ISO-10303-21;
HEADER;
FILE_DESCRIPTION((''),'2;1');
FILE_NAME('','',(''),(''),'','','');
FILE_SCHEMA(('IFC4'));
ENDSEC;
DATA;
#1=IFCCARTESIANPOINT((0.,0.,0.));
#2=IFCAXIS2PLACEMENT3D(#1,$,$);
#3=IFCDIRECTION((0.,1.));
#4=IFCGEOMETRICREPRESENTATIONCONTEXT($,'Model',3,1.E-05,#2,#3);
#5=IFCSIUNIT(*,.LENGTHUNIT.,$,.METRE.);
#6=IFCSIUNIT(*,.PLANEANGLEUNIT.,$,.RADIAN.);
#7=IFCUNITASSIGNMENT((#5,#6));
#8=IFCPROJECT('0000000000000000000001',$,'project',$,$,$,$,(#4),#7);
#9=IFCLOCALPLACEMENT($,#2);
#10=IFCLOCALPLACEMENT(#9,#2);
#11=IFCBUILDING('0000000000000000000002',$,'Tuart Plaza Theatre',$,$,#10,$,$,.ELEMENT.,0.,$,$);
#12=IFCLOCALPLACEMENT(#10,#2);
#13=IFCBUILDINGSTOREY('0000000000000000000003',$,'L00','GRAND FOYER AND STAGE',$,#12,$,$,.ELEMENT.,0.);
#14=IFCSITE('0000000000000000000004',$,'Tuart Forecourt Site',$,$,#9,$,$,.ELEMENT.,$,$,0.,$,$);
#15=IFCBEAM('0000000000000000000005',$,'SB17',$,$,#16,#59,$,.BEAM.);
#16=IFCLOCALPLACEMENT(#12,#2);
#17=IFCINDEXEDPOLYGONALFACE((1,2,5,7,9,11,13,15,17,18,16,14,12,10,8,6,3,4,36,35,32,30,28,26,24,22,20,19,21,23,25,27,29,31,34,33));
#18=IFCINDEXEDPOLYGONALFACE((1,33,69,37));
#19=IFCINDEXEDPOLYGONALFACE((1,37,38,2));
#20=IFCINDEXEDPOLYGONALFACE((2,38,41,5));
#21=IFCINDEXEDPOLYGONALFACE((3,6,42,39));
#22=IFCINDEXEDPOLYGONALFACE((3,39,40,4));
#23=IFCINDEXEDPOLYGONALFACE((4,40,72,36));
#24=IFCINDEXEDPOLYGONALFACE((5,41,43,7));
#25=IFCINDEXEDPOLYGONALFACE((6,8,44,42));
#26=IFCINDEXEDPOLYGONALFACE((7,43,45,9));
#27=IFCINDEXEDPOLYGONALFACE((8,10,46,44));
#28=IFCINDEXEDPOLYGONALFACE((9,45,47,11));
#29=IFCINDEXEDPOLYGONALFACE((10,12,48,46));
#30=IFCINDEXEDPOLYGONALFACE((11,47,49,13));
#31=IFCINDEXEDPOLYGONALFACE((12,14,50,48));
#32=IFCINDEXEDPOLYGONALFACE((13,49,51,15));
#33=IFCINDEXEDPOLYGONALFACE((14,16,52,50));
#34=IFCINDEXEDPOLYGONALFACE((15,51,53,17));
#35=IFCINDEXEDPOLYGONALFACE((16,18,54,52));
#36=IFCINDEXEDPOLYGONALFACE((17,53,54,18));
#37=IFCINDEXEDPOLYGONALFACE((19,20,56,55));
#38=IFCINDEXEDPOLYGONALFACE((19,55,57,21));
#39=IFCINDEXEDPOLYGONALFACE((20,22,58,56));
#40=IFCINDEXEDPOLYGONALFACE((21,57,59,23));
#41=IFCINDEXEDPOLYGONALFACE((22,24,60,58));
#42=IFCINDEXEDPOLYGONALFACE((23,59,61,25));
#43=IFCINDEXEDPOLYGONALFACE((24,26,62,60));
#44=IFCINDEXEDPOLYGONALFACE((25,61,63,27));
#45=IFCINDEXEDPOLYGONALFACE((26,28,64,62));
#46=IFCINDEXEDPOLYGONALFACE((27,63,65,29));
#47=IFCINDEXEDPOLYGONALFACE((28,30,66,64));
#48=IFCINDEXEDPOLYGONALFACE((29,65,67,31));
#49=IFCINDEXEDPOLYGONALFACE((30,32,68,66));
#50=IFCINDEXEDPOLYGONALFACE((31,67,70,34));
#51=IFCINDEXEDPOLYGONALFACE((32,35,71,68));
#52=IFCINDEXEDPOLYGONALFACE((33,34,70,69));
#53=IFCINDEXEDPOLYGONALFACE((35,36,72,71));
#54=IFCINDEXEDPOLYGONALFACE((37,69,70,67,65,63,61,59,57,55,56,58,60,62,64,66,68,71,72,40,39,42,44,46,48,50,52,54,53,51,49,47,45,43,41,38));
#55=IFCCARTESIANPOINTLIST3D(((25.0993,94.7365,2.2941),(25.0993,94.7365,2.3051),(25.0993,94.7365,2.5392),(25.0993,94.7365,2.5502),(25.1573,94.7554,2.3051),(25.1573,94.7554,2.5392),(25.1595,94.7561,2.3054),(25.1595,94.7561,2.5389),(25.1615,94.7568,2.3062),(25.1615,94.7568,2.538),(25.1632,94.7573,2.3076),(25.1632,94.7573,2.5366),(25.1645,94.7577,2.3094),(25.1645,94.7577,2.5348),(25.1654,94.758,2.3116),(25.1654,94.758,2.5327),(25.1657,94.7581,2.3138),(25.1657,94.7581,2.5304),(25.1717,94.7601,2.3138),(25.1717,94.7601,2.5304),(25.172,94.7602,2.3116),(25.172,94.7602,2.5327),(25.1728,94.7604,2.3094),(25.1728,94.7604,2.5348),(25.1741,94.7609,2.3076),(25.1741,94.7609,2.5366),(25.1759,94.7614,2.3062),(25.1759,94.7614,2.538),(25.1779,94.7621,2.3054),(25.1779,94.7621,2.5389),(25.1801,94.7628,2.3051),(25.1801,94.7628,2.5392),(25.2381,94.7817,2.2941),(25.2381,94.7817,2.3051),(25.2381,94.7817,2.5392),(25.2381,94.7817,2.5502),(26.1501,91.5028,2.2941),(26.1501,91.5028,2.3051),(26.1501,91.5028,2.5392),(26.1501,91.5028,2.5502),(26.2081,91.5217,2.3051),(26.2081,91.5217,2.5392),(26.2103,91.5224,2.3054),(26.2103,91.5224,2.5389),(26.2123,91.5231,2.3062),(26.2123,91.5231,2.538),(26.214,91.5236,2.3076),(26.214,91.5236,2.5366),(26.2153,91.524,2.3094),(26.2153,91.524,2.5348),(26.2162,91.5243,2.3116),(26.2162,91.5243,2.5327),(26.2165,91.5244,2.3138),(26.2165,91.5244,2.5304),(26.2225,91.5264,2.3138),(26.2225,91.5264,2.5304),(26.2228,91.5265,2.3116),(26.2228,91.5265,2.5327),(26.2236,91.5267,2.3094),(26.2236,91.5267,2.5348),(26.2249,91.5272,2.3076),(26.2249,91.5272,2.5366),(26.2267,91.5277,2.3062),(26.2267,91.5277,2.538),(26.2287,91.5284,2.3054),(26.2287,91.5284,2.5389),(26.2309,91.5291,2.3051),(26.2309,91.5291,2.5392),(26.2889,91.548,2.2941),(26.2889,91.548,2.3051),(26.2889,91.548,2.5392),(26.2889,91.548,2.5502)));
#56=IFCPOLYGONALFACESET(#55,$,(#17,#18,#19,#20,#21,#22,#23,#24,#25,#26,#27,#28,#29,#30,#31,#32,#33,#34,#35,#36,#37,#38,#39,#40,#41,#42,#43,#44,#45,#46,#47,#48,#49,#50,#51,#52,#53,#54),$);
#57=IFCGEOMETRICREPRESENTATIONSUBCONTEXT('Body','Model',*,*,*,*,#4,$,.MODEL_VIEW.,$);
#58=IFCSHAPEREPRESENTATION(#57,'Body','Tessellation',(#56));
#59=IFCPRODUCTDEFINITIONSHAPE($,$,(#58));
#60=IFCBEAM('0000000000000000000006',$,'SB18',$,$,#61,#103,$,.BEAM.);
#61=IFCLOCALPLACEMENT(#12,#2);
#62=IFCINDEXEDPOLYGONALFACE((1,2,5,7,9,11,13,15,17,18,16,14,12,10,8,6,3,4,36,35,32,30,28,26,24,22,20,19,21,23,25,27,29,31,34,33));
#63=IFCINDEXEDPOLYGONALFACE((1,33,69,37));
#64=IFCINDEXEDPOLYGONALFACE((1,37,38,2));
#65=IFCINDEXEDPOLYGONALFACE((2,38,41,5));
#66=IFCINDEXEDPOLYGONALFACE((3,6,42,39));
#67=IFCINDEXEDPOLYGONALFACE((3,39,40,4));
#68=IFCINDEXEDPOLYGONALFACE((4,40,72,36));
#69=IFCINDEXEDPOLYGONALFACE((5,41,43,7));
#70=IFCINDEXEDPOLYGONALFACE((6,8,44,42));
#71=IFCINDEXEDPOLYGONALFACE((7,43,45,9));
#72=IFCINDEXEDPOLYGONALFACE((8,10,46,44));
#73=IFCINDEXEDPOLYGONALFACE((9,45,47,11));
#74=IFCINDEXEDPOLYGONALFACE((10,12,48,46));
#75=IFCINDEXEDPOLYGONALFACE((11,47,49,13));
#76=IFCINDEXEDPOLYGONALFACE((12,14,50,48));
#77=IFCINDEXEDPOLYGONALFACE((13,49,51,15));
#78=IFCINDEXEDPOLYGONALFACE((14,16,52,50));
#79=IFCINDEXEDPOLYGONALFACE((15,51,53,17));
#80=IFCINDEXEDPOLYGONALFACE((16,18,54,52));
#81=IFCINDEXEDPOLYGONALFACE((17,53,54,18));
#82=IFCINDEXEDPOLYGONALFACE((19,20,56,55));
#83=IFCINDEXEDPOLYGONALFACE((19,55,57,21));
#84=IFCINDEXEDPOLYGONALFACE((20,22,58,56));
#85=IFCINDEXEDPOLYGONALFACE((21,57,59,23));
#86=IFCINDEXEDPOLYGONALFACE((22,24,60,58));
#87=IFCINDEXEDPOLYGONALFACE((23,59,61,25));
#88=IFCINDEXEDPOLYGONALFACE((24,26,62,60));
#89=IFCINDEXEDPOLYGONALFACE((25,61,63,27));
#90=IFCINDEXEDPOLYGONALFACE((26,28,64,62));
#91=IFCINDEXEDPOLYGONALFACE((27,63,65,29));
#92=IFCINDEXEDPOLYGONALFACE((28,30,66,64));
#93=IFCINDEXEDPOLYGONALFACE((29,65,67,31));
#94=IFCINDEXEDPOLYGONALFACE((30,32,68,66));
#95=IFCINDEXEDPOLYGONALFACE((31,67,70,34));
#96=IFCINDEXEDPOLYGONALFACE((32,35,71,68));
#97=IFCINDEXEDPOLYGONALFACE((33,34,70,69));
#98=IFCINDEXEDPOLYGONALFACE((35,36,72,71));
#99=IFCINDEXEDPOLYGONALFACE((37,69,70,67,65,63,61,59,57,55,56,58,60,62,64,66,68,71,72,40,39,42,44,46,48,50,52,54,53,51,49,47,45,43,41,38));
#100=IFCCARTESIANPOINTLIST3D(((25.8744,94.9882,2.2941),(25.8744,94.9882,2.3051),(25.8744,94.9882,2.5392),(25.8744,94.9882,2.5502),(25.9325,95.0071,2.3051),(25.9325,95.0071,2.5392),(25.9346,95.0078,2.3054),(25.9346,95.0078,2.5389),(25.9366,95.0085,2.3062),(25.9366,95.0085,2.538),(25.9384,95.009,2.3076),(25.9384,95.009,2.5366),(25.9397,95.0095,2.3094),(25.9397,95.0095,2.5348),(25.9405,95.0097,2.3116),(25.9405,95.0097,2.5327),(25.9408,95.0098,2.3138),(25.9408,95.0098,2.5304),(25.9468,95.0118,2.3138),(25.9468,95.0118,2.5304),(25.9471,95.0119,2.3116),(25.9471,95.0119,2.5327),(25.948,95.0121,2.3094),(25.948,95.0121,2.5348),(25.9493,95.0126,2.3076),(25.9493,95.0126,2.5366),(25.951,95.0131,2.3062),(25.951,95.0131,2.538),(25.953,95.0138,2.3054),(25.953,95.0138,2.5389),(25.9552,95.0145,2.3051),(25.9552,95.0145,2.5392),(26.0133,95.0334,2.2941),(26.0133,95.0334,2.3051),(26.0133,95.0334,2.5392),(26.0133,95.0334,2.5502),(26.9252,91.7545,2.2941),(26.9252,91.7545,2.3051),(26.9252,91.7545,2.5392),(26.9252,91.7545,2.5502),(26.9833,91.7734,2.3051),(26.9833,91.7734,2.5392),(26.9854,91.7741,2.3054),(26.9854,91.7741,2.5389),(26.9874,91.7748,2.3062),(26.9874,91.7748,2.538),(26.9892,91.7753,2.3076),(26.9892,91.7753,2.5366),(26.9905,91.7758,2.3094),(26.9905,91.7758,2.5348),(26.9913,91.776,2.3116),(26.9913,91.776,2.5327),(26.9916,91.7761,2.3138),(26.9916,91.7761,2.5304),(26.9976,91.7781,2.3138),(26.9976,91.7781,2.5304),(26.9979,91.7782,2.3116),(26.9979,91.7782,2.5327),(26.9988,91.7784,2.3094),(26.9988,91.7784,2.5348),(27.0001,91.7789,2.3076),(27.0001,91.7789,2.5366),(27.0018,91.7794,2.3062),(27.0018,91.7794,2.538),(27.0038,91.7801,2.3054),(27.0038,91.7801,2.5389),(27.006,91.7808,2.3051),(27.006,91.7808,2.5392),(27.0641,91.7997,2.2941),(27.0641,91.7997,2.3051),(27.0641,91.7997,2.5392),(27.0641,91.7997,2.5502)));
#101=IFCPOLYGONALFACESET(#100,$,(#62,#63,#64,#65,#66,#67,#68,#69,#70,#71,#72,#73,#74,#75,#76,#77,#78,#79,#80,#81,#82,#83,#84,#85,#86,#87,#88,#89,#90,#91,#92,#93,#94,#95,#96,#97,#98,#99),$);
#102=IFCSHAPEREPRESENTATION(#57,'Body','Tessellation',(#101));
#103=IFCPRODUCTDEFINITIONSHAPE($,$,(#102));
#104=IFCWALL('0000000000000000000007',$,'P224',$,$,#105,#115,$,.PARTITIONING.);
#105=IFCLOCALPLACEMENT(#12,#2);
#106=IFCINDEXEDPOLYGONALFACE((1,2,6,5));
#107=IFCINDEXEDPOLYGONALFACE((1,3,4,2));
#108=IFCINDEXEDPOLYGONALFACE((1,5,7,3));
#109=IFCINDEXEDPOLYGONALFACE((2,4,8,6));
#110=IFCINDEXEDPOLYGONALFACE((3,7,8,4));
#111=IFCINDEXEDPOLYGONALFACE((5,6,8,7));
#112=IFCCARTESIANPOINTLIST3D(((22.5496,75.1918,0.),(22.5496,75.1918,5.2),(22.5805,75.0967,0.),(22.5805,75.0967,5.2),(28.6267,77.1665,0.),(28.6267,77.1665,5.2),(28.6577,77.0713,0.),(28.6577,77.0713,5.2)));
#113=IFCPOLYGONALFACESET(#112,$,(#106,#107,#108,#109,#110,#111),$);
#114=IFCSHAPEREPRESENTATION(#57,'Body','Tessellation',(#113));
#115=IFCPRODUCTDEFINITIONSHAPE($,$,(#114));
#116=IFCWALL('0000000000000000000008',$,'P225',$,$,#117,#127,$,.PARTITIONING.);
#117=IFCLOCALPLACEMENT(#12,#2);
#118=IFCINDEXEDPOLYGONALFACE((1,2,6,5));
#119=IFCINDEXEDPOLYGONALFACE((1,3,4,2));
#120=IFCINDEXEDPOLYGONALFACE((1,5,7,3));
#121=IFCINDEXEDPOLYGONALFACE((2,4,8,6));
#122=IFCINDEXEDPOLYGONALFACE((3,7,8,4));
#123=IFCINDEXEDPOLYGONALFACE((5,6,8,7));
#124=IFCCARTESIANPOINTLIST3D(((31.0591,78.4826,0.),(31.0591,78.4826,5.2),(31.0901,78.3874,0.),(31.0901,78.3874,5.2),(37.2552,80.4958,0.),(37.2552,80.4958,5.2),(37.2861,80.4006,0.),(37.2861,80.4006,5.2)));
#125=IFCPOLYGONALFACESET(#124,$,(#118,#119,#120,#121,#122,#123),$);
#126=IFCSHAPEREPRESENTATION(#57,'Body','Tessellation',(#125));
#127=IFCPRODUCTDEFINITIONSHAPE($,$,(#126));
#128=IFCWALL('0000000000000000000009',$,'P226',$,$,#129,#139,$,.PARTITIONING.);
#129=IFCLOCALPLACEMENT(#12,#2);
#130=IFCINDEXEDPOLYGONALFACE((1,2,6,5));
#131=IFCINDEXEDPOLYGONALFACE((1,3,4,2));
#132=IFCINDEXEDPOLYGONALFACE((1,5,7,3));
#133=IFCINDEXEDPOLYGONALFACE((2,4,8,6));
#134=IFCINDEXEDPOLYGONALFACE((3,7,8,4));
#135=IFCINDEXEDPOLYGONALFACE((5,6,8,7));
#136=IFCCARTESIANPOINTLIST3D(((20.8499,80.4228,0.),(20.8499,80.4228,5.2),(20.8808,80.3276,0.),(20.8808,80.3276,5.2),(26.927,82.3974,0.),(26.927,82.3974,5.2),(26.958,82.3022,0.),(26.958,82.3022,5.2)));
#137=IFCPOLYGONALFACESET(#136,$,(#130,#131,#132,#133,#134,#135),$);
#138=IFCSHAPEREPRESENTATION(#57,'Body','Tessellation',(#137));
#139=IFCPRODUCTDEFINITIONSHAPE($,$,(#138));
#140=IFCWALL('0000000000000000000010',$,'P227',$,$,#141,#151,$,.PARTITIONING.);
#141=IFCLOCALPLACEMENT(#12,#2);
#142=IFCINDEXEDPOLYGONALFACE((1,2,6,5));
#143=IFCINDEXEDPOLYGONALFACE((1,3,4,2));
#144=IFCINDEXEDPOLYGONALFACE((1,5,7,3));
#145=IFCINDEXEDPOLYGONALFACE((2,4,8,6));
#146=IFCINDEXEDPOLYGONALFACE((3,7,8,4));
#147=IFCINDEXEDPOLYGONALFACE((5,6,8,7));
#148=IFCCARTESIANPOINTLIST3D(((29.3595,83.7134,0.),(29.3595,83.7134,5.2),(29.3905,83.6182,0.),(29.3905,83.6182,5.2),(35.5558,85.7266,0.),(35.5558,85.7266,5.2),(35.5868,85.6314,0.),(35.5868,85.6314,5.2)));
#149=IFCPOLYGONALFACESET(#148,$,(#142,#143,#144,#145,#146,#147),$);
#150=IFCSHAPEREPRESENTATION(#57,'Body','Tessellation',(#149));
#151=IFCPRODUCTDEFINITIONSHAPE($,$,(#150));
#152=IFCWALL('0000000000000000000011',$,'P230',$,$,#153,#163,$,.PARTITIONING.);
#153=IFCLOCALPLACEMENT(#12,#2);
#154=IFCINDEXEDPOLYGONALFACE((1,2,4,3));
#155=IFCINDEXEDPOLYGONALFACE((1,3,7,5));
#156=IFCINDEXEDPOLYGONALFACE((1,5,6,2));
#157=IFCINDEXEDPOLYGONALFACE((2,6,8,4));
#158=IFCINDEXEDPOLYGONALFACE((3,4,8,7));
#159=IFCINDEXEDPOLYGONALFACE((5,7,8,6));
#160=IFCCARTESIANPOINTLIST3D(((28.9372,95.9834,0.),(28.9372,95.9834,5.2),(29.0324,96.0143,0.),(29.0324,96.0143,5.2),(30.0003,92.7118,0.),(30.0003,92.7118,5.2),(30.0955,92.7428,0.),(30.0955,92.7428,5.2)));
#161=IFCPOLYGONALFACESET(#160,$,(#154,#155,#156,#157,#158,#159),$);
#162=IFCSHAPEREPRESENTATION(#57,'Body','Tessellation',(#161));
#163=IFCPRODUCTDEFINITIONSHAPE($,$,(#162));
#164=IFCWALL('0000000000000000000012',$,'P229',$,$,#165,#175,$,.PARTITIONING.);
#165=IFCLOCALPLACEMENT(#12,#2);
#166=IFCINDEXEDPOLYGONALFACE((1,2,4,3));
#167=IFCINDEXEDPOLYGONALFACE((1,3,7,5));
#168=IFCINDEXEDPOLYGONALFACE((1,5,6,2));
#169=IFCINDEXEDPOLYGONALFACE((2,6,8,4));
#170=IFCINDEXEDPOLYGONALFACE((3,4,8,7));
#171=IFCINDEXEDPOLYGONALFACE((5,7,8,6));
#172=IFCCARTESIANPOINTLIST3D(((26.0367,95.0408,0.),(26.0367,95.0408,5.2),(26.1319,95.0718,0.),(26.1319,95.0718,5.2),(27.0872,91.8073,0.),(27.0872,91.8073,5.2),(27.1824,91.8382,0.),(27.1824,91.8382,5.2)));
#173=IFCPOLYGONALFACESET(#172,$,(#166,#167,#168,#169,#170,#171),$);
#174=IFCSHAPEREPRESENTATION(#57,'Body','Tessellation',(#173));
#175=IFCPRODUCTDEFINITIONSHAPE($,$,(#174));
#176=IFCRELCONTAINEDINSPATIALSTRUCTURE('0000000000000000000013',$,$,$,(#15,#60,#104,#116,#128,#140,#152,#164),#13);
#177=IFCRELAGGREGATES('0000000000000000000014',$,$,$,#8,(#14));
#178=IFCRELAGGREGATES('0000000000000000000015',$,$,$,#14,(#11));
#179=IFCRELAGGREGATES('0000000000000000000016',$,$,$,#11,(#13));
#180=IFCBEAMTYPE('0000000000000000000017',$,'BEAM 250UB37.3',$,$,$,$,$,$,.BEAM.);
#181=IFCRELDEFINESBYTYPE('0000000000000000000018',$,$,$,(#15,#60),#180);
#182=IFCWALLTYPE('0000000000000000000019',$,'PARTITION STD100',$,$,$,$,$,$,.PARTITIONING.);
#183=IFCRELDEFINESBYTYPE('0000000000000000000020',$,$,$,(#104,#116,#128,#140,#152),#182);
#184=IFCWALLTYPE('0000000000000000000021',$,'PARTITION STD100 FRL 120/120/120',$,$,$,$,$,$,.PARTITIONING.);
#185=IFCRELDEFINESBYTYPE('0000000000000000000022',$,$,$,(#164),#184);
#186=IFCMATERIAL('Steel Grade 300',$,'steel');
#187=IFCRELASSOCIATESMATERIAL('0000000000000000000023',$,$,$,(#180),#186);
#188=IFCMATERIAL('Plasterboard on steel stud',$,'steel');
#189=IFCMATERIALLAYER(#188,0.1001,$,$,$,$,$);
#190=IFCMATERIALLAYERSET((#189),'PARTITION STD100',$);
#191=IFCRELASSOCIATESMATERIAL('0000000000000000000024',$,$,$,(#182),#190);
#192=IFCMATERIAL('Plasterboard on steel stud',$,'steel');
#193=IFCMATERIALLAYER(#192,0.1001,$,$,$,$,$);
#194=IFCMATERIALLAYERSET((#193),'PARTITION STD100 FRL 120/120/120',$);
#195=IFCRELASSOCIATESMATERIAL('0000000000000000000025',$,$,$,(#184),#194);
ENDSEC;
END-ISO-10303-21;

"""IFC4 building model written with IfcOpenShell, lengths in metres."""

from ifc_helpers import new_model, si_unit, direction, frame, frame_2d, origin, origin_2d, place, context, subcontext, project, spatial, rectangle, i_section, extrude, material, layer, layer_set, material_profile, profile_set, type_object, element, save


model = new_model("IFC4")

# Units and contexts
model_context = context("Model", 3, precision=1e-05, world=origin(), true_north=direction((0.0, 1.0)))
body_context = subcontext(model_context, "Body", "Model", "MODEL_VIEW")
ifc_project = project(units=[si_unit("LENGTHUNIT", "METRE"), si_unit("PLANEANGLEUNIT", "RADIAN")], contexts=[model_context])

# Site, building, storey
site_placement = place(None, origin())
site = spatial("IfcSite", under=ifc_project, at=site_placement, Name="Tuart Forecourt Site", CompositionType="ELEMENT", RefElevation=0.0)
building_placement = place(site_placement, origin())
building = spatial("IfcBuilding", under=site, at=building_placement, Name="Tuart Plaza Theatre", CompositionType="ELEMENT", ElevationOfRefHeight=0.0)
storey_placement = place(building_placement, origin())
storey = spatial("IfcBuildingStorey", under=building, at=storey_placement, Name="L00", Description="GRAND FOYER AND STAGE", CompositionType="ELEMENT", Elevation=0.0)

# Beams
ifc_material_1 = material(Name="Steel Grade 300", Category="steel")
ifc_material_profile = material_profile(ifc_material_1, i_section(OverallWidth=0.146, OverallDepth=0.2561, WebThickness=0.0063, FlangeThickness=0.011, FilletRadius=0.0088, at=origin_2d()), Name="250UB37.3")
ifc_profile_set = profile_set([ifc_material_profile], Name="Steel Grade 300")
beam_type = type_object("IfcBeamType", Name="BEAM 250UB37.3", PredefinedType="BEAM", material=ifc_profile_set)
for number, where, z_axis, x_axis, name in (
    (1, (26.2195, 91.5254, 2.4221), (-0.309045, 0.951047, 0.0), (-0.951047, -0.309045, 0.0), "SB17"),
    (2, (26.9946, 91.7771, 2.4221), (-0.309045, 0.951047, 0.0), (-0.951047, -0.309045, 0.0), "SB18"),
):
    element("IfcBeam", number, at=place(storey_placement, frame(where, z_axis=z_axis, x_axis=x_axis)), inside=storey, type_object=beam_type, Name=name, PredefinedType="BEAM", context=body_context, shape_type="SweptSolid", body=[
        extrude(i_section(OverallWidth=0.146, OverallDepth=0.2561, WebThickness=0.0063, FlangeThickness=0.011, FilletRadius=0.0088, at=origin_2d()), origin(), (0.0, 0.0, 1.0), 3.4001),
    ])

# Walls
ifc_material_2 = material(Name="Plasterboard on steel stud", Category="steel")
ifc_layer_1 = layer(ifc_material_2, 0.1001)
ifc_layer_set_1 = layer_set([ifc_layer_1], Name="PARTITION STD100")
wall_type_1 = type_object("IfcWallType", Name="PARTITION STD100", PredefinedType="PARTITIONING", material=ifc_layer_set_1)
wall_1_placement = place(storey_placement, frame((22.5652, 75.1443, 0.0), z_axis=(0.0, 0.0, 1.0), x_axis=(0.951055, 0.30902, 0.0)))
element("IfcWall", 3, at=wall_1_placement, inside=storey, type_object=wall_type_1, Name="P224", PredefinedType="PARTITIONING", context=body_context, shape_type="SweptSolid", body=[
    extrude(rectangle(XDim=6.3899, YDim=0.1001, at=frame_2d((3.1948, 0.0))), origin(), (0.0, 0.0, 1.0), 5.2),
])
wall_2_placement = place(storey_placement, frame((31.0747, 78.4351, 0.0), z_axis=(0.0, 0.0, 1.0), x_axis=(0.951058, 0.309012, 0.0)))
element("IfcWall", 4, at=wall_2_placement, inside=storey, type_object=wall_type_1, Name="P225", PredefinedType="PARTITIONING", context=body_context, shape_type="SweptSolid", body=[
    extrude(rectangle(XDim=6.5149, YDim=0.1001, at=frame_2d((3.2573, 0.0))), origin(), (0.0, 0.0, 1.0), 5.2),
])
wall_3_placement = place(storey_placement, frame((20.8655, 80.3752, 0.0), z_axis=(0.0, 0.0, 1.0), x_axis=(0.951055, 0.30902, 0.0)))
element("IfcWall", 5, at=wall_3_placement, inside=storey, type_object=wall_type_1, Name="P226", PredefinedType="PARTITIONING", context=body_context, shape_type="SweptSolid", body=[
    extrude(rectangle(XDim=6.3899, YDim=0.1001, at=frame_2d((3.1948, 0.0))), origin(), (0.0, 0.0, 1.0), 5.2),
])
wall_4_placement = place(storey_placement, frame((29.375, 83.6658, 0.0), z_axis=(0.0, 0.0, 1.0), x_axis=(0.951062, 0.309001, 0.0)))
element("IfcWall", 6, at=wall_4_placement, inside=storey, type_object=wall_type_1, Name="P227", PredefinedType="PARTITIONING", context=body_context, shape_type="SweptSolid", body=[
    extrude(rectangle(XDim=6.5151, YDim=0.1001, at=frame_2d((3.2576, 0.0))), origin(), (0.0, 0.0, 1.0), 5.2),
])
wall_5_placement = place(storey_placement, frame((30.0479, 92.7273, 0.0), z_axis=(0.0, 0.0, 1.0), x_axis=(-0.309022, 0.951055, 0.0)))
element("IfcWall", 7, at=wall_5_placement, inside=storey, type_object=wall_type_1, Name="P230", PredefinedType="PARTITIONING", context=body_context, shape_type="SweptSolid", body=[
    extrude(rectangle(XDim=3.4399, YDim=0.1001, at=frame_2d((1.72, 0.0))), origin(), (0.0, 0.0, 1.0), 5.2),
])
ifc_material_3 = material(Name="Plasterboard on steel stud", Category="steel")
ifc_layer_2 = layer(ifc_material_3, 0.1001)
ifc_layer_set_2 = layer_set([ifc_layer_2], Name="PARTITION STD100 FRL 120/120/120")
wall_type_2 = type_object("IfcWallType", Name="PARTITION STD100 FRL 120/120/120", PredefinedType="PARTITIONING", material=ifc_layer_set_2)
wall_6_placement = place(storey_placement, frame((27.1348, 91.8228, 0.0), z_axis=(0.0, 0.0, 1.0), x_axis=(-0.308981, 0.951068, 0.0)))
element("IfcWall", 8, at=wall_6_placement, inside=storey, type_object=wall_type_2, Name="P229", PredefinedType="PARTITIONING", context=body_context, shape_type="SweptSolid", body=[
    extrude(rectangle(XDim=3.3999, YDim=0.1001, at=frame_2d((1.7, 0.0))), origin(), (0.0, 0.0, 1.0), 5.2),
])

save(model, "model.ifc")
